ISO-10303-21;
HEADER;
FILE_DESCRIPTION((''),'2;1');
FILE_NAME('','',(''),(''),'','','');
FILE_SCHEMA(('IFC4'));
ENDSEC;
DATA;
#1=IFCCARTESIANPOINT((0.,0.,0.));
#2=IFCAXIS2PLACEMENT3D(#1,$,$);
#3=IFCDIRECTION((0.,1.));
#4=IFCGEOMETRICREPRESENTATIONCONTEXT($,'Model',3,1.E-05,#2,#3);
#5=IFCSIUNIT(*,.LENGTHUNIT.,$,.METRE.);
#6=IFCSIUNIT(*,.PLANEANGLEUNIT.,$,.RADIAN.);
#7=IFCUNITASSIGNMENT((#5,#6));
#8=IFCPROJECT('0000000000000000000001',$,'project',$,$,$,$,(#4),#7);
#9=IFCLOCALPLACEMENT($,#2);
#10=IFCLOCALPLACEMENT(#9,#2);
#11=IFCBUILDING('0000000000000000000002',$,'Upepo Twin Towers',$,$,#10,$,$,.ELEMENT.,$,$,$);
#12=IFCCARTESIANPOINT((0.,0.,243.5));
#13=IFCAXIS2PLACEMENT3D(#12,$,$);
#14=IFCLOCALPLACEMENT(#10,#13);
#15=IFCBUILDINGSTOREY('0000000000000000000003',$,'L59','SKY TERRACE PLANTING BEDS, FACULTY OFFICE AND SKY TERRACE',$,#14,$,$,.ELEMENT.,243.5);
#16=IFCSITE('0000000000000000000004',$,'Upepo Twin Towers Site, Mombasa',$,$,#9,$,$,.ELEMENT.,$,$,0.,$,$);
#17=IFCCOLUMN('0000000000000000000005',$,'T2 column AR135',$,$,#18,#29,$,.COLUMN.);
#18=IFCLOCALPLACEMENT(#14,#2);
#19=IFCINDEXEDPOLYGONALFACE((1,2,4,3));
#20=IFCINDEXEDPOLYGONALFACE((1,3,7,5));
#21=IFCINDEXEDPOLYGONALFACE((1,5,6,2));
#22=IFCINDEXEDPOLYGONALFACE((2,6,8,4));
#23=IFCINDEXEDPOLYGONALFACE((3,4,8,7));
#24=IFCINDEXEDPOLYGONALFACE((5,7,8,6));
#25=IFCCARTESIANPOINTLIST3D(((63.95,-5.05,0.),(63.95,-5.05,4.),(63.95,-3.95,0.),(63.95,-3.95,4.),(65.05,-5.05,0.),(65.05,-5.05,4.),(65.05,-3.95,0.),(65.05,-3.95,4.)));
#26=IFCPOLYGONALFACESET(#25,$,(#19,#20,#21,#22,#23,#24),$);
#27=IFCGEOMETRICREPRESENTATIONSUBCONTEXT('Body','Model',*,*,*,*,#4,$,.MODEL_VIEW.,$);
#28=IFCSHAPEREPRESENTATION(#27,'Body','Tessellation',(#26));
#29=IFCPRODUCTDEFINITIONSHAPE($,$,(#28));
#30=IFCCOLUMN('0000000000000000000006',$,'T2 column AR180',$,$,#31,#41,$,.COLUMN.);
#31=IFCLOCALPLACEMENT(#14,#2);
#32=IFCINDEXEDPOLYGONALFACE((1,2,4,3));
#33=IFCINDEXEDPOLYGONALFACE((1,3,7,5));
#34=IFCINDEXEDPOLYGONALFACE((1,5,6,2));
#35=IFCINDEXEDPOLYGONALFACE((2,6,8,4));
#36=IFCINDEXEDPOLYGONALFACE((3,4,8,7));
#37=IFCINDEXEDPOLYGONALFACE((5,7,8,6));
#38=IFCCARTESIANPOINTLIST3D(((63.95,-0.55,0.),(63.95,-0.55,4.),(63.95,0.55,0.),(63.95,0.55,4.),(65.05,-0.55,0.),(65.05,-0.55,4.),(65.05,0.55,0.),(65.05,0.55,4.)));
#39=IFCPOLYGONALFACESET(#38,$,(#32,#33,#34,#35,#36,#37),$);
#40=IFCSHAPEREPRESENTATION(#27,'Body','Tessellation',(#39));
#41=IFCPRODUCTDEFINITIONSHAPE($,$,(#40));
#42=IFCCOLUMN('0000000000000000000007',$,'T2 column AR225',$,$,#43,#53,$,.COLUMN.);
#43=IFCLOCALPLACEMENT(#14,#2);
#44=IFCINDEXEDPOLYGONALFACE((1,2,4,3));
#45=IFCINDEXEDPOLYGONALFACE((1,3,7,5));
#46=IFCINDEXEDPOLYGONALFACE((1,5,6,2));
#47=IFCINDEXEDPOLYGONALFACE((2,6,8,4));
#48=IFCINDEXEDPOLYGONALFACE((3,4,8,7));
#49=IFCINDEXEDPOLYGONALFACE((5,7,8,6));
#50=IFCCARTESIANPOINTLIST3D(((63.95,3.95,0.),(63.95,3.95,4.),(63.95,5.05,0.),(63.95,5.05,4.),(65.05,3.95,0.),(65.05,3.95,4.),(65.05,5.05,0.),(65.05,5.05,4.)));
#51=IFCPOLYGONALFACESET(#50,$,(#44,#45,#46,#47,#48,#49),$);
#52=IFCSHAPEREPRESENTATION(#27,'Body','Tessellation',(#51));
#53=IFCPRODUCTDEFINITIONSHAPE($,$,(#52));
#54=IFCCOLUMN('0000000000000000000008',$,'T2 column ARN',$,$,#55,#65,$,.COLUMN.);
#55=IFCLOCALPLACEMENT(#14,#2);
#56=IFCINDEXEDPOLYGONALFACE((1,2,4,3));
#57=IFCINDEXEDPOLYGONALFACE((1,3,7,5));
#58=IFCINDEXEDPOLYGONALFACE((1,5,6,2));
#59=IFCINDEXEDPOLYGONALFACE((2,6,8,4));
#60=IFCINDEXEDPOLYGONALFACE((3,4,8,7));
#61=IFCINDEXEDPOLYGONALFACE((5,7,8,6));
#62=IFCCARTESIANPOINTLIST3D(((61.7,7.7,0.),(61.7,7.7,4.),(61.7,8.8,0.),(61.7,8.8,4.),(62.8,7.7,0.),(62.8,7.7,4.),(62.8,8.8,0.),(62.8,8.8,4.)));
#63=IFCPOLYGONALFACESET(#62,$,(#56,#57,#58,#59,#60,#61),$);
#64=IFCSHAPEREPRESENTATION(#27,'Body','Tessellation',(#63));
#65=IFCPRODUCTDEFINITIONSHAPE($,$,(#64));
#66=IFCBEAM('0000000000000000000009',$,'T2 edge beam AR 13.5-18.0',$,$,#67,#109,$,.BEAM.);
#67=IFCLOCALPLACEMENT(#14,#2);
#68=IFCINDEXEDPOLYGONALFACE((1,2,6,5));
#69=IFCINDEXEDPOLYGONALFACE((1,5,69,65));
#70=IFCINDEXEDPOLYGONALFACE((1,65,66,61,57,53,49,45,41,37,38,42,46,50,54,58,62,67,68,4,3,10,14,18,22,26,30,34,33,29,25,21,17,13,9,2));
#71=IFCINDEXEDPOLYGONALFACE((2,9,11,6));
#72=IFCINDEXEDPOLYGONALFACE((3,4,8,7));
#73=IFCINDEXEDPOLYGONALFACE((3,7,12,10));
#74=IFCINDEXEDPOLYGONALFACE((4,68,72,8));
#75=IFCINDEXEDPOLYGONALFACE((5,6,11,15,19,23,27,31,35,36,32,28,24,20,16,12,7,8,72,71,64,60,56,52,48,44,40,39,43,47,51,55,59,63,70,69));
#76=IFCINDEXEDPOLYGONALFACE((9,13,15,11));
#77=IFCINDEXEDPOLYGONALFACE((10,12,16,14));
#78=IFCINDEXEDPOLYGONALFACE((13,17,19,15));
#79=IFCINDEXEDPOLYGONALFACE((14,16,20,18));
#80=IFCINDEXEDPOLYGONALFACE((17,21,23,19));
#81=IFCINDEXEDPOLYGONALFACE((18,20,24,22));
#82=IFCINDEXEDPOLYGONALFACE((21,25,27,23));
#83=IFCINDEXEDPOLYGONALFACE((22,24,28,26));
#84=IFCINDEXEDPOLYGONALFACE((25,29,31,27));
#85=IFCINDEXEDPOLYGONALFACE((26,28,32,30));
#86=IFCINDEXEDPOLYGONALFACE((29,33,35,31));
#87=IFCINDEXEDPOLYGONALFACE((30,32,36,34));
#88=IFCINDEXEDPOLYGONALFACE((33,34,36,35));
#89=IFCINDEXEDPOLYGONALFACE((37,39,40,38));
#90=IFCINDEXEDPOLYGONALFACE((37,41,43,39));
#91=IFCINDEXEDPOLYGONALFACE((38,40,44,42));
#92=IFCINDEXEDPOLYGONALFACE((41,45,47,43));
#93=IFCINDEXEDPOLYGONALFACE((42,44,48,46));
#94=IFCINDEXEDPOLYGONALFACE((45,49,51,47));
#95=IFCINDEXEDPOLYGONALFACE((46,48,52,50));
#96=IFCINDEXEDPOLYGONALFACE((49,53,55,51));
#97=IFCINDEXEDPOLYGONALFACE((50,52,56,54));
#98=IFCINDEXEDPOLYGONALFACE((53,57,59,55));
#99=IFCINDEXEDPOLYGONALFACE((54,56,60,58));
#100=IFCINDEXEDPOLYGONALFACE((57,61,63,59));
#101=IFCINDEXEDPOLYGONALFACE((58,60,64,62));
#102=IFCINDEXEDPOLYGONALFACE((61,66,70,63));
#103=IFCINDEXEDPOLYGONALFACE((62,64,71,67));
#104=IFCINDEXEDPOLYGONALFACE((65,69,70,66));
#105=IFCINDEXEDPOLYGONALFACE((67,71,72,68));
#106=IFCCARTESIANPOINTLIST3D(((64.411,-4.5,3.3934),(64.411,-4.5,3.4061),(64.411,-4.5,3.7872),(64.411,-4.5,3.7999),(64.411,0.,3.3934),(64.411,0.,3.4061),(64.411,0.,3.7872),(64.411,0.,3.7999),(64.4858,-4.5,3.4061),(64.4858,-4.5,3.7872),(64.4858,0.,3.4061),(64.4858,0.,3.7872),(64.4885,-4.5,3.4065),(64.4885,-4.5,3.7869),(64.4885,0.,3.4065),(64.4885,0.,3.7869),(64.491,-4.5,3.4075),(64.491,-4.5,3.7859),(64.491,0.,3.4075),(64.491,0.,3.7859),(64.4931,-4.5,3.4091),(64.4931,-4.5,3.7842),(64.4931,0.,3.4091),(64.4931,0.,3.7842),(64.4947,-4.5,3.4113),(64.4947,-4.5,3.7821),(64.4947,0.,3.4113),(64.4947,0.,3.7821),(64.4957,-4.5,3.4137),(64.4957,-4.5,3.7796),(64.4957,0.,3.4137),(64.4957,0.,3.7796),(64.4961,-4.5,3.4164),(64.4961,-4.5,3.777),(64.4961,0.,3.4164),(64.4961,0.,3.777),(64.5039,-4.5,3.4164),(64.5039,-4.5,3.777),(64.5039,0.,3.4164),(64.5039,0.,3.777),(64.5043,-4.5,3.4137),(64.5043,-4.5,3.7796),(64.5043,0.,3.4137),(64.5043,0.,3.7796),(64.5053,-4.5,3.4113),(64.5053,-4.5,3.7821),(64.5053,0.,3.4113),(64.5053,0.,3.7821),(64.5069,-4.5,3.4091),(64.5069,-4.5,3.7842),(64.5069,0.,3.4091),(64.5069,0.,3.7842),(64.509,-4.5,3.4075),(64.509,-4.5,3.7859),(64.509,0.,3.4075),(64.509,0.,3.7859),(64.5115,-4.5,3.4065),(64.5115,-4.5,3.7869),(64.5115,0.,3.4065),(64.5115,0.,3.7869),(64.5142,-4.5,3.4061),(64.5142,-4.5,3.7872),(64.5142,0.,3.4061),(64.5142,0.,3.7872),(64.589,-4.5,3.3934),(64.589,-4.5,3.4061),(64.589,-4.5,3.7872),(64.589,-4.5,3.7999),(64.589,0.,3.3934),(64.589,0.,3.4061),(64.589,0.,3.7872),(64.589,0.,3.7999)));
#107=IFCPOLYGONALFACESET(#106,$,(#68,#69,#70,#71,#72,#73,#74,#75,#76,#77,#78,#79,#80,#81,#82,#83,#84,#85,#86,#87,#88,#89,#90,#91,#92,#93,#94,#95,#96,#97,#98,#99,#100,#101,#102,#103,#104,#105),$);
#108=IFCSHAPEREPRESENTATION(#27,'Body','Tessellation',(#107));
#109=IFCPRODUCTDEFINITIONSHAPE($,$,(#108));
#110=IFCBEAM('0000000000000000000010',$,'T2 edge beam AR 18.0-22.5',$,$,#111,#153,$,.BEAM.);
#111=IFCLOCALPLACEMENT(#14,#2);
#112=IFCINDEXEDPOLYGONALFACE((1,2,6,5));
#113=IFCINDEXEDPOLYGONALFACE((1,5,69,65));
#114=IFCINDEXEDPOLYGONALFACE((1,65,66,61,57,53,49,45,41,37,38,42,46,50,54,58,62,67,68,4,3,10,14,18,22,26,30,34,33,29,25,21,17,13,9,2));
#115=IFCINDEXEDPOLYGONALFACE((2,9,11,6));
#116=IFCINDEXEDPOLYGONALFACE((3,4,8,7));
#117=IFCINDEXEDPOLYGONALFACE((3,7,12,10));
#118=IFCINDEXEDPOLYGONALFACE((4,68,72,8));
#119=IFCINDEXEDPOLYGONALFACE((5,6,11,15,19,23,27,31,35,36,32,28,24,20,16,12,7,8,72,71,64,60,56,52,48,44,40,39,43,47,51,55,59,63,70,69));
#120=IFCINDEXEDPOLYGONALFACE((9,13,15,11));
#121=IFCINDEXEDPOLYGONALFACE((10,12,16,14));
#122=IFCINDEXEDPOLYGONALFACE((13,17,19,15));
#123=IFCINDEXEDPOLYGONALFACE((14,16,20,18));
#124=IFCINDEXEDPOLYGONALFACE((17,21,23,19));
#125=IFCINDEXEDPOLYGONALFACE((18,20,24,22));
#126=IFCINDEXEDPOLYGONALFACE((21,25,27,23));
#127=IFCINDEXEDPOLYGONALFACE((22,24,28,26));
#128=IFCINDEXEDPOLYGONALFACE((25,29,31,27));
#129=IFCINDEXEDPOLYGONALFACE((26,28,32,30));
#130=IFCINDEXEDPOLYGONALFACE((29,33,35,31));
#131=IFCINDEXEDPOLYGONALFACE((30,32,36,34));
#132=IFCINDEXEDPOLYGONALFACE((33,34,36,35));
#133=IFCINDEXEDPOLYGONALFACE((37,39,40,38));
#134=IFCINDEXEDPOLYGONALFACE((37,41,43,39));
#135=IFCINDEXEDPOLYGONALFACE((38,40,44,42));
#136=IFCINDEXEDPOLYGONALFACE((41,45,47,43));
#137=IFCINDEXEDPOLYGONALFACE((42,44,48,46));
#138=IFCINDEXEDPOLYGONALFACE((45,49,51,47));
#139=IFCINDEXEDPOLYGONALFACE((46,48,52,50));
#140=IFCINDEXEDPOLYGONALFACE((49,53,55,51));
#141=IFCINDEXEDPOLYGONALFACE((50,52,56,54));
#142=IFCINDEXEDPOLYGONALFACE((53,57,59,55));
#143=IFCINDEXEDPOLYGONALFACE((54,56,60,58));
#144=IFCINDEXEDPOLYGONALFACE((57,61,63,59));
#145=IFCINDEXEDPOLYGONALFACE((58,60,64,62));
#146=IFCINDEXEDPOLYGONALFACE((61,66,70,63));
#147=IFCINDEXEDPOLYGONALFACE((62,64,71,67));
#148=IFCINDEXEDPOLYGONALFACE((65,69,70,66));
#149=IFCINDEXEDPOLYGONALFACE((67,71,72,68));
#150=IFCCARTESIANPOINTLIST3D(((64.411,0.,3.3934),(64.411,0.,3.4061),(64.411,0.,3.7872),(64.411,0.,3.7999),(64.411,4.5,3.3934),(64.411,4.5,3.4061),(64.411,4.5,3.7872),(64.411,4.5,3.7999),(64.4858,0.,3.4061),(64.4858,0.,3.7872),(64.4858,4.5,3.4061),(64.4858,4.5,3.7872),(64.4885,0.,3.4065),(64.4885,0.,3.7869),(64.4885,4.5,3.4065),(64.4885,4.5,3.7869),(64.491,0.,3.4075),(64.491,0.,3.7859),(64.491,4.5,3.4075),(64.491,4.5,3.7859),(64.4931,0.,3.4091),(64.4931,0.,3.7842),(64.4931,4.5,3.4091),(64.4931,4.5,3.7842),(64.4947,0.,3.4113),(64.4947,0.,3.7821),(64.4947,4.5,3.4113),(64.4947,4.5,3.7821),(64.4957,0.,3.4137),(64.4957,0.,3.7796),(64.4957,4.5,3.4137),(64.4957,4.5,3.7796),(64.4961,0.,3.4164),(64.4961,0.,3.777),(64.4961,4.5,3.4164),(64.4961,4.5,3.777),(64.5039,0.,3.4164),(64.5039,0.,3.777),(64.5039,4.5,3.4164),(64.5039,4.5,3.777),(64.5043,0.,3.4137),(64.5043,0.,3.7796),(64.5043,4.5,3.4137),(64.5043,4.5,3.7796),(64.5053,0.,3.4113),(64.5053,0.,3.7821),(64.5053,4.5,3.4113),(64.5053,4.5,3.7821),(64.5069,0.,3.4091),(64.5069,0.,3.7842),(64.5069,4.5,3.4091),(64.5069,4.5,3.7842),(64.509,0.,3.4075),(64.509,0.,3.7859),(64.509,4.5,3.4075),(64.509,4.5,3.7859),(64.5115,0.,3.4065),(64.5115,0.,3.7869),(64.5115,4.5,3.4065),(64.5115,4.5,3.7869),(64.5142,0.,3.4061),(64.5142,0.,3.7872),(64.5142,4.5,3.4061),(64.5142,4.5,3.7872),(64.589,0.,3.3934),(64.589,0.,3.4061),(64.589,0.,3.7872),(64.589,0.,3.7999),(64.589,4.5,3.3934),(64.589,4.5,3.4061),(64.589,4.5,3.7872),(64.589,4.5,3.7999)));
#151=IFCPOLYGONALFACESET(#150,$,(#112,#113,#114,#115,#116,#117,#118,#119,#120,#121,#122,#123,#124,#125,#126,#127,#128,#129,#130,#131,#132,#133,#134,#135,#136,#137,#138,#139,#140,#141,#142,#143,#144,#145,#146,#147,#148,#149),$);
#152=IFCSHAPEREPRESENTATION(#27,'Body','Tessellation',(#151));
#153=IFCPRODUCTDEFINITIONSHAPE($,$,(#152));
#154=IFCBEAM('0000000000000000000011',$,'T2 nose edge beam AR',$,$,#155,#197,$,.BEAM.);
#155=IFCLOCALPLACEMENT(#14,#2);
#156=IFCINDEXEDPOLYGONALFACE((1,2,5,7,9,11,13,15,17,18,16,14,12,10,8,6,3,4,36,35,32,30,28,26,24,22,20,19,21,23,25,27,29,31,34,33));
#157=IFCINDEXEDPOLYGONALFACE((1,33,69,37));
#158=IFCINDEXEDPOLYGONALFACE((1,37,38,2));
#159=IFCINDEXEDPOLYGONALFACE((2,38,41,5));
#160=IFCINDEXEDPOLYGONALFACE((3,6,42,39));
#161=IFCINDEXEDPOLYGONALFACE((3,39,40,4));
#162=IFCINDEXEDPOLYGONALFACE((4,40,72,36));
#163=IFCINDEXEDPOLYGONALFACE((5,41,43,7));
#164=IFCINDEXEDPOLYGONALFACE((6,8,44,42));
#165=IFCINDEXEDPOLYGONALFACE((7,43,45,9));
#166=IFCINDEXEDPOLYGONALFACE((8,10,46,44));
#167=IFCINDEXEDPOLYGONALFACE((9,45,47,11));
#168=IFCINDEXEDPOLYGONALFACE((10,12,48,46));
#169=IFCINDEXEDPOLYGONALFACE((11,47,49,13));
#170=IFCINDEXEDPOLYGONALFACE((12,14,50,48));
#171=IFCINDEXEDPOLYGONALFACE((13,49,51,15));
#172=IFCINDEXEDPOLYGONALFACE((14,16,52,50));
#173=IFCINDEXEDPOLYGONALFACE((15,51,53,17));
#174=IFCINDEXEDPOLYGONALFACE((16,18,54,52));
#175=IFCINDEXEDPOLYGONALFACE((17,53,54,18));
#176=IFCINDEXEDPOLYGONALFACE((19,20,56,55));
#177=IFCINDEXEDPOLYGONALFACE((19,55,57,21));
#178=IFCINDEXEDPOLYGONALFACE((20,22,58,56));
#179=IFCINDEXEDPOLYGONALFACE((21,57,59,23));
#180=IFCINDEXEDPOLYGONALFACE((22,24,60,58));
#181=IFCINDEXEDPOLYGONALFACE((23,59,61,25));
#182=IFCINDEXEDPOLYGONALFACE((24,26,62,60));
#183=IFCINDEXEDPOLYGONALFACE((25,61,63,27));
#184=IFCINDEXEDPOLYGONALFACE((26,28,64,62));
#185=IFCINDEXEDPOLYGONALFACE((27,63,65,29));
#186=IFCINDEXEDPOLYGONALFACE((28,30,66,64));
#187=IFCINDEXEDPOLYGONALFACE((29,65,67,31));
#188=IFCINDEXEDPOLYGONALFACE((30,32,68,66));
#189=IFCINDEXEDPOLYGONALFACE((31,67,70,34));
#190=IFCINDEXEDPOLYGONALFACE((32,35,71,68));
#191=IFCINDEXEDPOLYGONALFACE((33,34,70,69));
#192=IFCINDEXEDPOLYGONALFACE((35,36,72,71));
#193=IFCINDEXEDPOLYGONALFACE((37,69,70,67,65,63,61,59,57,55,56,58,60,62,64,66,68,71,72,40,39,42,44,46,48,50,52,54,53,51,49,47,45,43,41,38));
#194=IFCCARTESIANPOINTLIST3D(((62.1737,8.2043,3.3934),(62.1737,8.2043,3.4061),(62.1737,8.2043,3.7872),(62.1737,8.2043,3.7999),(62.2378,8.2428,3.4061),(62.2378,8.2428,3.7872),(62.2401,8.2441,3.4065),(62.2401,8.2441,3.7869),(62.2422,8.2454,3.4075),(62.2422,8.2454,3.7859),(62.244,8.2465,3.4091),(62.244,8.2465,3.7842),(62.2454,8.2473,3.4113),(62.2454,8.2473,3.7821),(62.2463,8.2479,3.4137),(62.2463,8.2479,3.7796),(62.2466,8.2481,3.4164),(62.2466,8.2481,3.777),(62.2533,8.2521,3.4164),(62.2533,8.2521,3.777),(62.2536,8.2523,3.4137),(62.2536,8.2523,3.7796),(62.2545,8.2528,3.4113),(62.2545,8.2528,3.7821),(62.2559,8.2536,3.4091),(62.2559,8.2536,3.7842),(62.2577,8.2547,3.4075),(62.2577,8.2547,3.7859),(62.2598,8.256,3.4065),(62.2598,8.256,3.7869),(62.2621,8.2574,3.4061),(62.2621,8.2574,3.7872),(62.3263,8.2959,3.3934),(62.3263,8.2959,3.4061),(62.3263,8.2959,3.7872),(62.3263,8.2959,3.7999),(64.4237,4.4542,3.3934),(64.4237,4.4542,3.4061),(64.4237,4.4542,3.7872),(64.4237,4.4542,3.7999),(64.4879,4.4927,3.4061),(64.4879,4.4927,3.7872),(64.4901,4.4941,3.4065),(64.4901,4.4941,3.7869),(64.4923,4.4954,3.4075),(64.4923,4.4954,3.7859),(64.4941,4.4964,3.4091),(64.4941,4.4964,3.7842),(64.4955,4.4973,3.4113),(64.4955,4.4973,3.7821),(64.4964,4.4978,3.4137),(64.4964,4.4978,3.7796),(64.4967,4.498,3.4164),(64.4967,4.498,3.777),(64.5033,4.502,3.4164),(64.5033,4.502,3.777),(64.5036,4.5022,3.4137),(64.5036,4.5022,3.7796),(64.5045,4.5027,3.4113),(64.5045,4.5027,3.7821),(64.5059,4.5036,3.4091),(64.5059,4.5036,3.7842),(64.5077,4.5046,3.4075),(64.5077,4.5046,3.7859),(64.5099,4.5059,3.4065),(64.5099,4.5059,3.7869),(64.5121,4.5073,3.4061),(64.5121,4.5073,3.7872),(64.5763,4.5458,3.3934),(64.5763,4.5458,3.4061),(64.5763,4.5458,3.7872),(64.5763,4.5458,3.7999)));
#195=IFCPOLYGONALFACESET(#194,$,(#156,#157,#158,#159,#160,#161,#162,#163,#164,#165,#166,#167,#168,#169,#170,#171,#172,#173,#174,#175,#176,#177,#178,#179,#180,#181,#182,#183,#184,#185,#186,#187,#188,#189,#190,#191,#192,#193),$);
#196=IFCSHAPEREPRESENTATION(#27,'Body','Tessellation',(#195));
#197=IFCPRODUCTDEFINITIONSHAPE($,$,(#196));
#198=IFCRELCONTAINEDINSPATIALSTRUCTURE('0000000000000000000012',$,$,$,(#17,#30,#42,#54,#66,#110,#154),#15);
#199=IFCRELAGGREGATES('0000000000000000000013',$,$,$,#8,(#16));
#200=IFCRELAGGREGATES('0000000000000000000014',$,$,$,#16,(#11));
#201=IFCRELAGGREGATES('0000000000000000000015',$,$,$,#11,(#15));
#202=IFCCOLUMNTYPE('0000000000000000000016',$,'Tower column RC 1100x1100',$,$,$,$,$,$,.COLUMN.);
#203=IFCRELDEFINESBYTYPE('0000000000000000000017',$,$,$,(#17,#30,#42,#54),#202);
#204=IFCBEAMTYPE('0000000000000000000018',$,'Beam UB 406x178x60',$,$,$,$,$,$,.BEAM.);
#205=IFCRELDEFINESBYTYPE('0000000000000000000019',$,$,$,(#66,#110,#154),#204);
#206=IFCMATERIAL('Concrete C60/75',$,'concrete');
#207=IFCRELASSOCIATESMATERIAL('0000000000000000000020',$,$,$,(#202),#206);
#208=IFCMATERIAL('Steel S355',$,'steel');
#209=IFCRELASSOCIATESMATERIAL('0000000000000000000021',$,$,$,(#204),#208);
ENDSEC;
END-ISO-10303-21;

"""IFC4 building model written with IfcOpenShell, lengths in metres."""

from ifc_helpers import new_model, si_unit, direction, frame, origin, origin_2d, place, context, subcontext, project, spatial, rectangle, i_section, extrude, material, material_profile, profile_set, type_object, element, save


model = new_model("IFC4")

# Units and contexts
model_context = context("Model", 3, precision=1e-05, world=origin(), true_north=direction((0.0, 1.0)))
body_context = subcontext(model_context, "Body", "Model", "MODEL_VIEW")
ifc_project = project(units=[si_unit("LENGTHUNIT", "METRE"), si_unit("PLANEANGLEUNIT", "RADIAN")], contexts=[model_context])

# Site, building, storey
site_placement = place(None, origin())
site = spatial("IfcSite", under=ifc_project, at=site_placement, Name="Upepo Twin Towers Site, Mombasa", CompositionType="ELEMENT", RefElevation=0.0)
building_placement = place(site_placement, origin())
building = spatial("IfcBuilding", under=site, at=building_placement, Name="Upepo Twin Towers", CompositionType="ELEMENT")
storey_placement = place(building_placement, frame((0.0, 0.0, 243.5)))
storey = spatial("IfcBuildingStorey", under=building, at=storey_placement, Name="L59", Description="SKY TERRACE PLANTING BEDS, FACULTY OFFICE AND SKY TERRACE", CompositionType="ELEMENT", Elevation=243.5)

# Columns
ifc_material_1 = material(Name="Concrete C60/75", Category="concrete")
ifc_material_profile_1 = material_profile(ifc_material_1, rectangle(XDim=1.1001, YDim=1.1001, at=origin_2d()), Name="RC 1100x1100")
ifc_profile_set_1 = profile_set([ifc_material_profile_1], Name="Concrete C60/75")
column_type = type_object("IfcColumnType", Name="Tower column RC 1100x1100", PredefinedType="COLUMN", material=ifc_profile_set_1)
for number, where, z_axis, x_axis, name in (
    (1, (64.5, -4.5, 0.0), (0.0, 0.0, 1.0), (1.0, 0.0, 0.0), "T2 column AR135"),
    (2, (64.5, 0.0, 0.0), (0.0, 0.0, 1.0), (1.0, 0.0, 0.0), "T2 column AR180"),
    (3, (64.5, 4.5, 0.0), (0.0, 0.0, 1.0), (1.0, 0.0, 0.0), "T2 column AR225"),
    (4, (62.25, 8.25, 0.0), (0.0, 0.0, 1.0), (1.0, 0.0, 0.0), "T2 column ARN"),
):
    element("IfcColumn", number, at=place(storey_placement, frame(where, z_axis=z_axis, x_axis=x_axis)), inside=storey, type_object=column_type, Name=name, PredefinedType="COLUMN", context=body_context, shape_type="SweptSolid", body=[
        extrude(rectangle(XDim=1.1001, YDim=1.1001, at=origin_2d()), origin(), (0.0, 0.0, 1.0), 4.0),
    ])

# Beams
ifc_material_2 = material(Name="Steel S355", Category="steel")
ifc_material_profile_2 = material_profile(ifc_material_2, i_section(OverallWidth=0.178, OverallDepth=0.4065, WebThickness=0.0078, FlangeThickness=0.0127, FilletRadius=0.0103, at=origin_2d()), Name="UB 406x178x60")
ifc_profile_set_2 = profile_set([ifc_material_profile_2], Name="Steel S355")
beam_type_1 = type_object("IfcBeamType", Name="Beam UB 406x178x60", PredefinedType="BEAM", material=ifc_profile_set_2)
for number, where, z_axis, x_axis, name in (
    (5, (64.5, -4.5, 3.5967), (0.0, 1.0, 0.0), (-1.0, 0.0, 0.0), "T2 edge beam AR 13.5-18.0"),
    (6, (64.5, 0.0, 3.5967), (0.0, 1.0, 0.0), (-1.0, 0.0, 0.0), "T2 edge beam AR 18.0-22.5"),
):
    element("IfcBeam", number, at=place(storey_placement, frame(where, z_axis=z_axis, x_axis=x_axis)), inside=storey, type_object=beam_type_1, Name=name, PredefinedType="BEAM", context=body_context, shape_type="SweptSolid", body=[
        extrude(i_section(OverallWidth=0.178, OverallDepth=0.4065, WebThickness=0.0078, FlangeThickness=0.0127, FilletRadius=0.0103, at=origin_2d()), origin(), (0.0, 0.0, 1.0), 4.5),
    ])
beam_1_placement = place(storey_placement, frame((64.5, 4.5, 3.5967), z_axis=(-0.514496, 0.857493, 0.0), x_axis=(-0.857493, -0.514496, 0.0)))
element("IfcBeam", 7, at=beam_1_placement, inside=storey, type_object=beam_type_1, Name="T2 nose edge beam AR", PredefinedType="BEAM", context=body_context, shape_type="SweptSolid", body=[
    extrude(i_section(OverallWidth=0.178, OverallDepth=0.4065, WebThickness=0.0078, FlangeThickness=0.0127, FilletRadius=0.0103, at=origin_2d()), origin(), (0.0, 0.0, 1.0), 4.3733),
])

save(model, "model.ifc")
